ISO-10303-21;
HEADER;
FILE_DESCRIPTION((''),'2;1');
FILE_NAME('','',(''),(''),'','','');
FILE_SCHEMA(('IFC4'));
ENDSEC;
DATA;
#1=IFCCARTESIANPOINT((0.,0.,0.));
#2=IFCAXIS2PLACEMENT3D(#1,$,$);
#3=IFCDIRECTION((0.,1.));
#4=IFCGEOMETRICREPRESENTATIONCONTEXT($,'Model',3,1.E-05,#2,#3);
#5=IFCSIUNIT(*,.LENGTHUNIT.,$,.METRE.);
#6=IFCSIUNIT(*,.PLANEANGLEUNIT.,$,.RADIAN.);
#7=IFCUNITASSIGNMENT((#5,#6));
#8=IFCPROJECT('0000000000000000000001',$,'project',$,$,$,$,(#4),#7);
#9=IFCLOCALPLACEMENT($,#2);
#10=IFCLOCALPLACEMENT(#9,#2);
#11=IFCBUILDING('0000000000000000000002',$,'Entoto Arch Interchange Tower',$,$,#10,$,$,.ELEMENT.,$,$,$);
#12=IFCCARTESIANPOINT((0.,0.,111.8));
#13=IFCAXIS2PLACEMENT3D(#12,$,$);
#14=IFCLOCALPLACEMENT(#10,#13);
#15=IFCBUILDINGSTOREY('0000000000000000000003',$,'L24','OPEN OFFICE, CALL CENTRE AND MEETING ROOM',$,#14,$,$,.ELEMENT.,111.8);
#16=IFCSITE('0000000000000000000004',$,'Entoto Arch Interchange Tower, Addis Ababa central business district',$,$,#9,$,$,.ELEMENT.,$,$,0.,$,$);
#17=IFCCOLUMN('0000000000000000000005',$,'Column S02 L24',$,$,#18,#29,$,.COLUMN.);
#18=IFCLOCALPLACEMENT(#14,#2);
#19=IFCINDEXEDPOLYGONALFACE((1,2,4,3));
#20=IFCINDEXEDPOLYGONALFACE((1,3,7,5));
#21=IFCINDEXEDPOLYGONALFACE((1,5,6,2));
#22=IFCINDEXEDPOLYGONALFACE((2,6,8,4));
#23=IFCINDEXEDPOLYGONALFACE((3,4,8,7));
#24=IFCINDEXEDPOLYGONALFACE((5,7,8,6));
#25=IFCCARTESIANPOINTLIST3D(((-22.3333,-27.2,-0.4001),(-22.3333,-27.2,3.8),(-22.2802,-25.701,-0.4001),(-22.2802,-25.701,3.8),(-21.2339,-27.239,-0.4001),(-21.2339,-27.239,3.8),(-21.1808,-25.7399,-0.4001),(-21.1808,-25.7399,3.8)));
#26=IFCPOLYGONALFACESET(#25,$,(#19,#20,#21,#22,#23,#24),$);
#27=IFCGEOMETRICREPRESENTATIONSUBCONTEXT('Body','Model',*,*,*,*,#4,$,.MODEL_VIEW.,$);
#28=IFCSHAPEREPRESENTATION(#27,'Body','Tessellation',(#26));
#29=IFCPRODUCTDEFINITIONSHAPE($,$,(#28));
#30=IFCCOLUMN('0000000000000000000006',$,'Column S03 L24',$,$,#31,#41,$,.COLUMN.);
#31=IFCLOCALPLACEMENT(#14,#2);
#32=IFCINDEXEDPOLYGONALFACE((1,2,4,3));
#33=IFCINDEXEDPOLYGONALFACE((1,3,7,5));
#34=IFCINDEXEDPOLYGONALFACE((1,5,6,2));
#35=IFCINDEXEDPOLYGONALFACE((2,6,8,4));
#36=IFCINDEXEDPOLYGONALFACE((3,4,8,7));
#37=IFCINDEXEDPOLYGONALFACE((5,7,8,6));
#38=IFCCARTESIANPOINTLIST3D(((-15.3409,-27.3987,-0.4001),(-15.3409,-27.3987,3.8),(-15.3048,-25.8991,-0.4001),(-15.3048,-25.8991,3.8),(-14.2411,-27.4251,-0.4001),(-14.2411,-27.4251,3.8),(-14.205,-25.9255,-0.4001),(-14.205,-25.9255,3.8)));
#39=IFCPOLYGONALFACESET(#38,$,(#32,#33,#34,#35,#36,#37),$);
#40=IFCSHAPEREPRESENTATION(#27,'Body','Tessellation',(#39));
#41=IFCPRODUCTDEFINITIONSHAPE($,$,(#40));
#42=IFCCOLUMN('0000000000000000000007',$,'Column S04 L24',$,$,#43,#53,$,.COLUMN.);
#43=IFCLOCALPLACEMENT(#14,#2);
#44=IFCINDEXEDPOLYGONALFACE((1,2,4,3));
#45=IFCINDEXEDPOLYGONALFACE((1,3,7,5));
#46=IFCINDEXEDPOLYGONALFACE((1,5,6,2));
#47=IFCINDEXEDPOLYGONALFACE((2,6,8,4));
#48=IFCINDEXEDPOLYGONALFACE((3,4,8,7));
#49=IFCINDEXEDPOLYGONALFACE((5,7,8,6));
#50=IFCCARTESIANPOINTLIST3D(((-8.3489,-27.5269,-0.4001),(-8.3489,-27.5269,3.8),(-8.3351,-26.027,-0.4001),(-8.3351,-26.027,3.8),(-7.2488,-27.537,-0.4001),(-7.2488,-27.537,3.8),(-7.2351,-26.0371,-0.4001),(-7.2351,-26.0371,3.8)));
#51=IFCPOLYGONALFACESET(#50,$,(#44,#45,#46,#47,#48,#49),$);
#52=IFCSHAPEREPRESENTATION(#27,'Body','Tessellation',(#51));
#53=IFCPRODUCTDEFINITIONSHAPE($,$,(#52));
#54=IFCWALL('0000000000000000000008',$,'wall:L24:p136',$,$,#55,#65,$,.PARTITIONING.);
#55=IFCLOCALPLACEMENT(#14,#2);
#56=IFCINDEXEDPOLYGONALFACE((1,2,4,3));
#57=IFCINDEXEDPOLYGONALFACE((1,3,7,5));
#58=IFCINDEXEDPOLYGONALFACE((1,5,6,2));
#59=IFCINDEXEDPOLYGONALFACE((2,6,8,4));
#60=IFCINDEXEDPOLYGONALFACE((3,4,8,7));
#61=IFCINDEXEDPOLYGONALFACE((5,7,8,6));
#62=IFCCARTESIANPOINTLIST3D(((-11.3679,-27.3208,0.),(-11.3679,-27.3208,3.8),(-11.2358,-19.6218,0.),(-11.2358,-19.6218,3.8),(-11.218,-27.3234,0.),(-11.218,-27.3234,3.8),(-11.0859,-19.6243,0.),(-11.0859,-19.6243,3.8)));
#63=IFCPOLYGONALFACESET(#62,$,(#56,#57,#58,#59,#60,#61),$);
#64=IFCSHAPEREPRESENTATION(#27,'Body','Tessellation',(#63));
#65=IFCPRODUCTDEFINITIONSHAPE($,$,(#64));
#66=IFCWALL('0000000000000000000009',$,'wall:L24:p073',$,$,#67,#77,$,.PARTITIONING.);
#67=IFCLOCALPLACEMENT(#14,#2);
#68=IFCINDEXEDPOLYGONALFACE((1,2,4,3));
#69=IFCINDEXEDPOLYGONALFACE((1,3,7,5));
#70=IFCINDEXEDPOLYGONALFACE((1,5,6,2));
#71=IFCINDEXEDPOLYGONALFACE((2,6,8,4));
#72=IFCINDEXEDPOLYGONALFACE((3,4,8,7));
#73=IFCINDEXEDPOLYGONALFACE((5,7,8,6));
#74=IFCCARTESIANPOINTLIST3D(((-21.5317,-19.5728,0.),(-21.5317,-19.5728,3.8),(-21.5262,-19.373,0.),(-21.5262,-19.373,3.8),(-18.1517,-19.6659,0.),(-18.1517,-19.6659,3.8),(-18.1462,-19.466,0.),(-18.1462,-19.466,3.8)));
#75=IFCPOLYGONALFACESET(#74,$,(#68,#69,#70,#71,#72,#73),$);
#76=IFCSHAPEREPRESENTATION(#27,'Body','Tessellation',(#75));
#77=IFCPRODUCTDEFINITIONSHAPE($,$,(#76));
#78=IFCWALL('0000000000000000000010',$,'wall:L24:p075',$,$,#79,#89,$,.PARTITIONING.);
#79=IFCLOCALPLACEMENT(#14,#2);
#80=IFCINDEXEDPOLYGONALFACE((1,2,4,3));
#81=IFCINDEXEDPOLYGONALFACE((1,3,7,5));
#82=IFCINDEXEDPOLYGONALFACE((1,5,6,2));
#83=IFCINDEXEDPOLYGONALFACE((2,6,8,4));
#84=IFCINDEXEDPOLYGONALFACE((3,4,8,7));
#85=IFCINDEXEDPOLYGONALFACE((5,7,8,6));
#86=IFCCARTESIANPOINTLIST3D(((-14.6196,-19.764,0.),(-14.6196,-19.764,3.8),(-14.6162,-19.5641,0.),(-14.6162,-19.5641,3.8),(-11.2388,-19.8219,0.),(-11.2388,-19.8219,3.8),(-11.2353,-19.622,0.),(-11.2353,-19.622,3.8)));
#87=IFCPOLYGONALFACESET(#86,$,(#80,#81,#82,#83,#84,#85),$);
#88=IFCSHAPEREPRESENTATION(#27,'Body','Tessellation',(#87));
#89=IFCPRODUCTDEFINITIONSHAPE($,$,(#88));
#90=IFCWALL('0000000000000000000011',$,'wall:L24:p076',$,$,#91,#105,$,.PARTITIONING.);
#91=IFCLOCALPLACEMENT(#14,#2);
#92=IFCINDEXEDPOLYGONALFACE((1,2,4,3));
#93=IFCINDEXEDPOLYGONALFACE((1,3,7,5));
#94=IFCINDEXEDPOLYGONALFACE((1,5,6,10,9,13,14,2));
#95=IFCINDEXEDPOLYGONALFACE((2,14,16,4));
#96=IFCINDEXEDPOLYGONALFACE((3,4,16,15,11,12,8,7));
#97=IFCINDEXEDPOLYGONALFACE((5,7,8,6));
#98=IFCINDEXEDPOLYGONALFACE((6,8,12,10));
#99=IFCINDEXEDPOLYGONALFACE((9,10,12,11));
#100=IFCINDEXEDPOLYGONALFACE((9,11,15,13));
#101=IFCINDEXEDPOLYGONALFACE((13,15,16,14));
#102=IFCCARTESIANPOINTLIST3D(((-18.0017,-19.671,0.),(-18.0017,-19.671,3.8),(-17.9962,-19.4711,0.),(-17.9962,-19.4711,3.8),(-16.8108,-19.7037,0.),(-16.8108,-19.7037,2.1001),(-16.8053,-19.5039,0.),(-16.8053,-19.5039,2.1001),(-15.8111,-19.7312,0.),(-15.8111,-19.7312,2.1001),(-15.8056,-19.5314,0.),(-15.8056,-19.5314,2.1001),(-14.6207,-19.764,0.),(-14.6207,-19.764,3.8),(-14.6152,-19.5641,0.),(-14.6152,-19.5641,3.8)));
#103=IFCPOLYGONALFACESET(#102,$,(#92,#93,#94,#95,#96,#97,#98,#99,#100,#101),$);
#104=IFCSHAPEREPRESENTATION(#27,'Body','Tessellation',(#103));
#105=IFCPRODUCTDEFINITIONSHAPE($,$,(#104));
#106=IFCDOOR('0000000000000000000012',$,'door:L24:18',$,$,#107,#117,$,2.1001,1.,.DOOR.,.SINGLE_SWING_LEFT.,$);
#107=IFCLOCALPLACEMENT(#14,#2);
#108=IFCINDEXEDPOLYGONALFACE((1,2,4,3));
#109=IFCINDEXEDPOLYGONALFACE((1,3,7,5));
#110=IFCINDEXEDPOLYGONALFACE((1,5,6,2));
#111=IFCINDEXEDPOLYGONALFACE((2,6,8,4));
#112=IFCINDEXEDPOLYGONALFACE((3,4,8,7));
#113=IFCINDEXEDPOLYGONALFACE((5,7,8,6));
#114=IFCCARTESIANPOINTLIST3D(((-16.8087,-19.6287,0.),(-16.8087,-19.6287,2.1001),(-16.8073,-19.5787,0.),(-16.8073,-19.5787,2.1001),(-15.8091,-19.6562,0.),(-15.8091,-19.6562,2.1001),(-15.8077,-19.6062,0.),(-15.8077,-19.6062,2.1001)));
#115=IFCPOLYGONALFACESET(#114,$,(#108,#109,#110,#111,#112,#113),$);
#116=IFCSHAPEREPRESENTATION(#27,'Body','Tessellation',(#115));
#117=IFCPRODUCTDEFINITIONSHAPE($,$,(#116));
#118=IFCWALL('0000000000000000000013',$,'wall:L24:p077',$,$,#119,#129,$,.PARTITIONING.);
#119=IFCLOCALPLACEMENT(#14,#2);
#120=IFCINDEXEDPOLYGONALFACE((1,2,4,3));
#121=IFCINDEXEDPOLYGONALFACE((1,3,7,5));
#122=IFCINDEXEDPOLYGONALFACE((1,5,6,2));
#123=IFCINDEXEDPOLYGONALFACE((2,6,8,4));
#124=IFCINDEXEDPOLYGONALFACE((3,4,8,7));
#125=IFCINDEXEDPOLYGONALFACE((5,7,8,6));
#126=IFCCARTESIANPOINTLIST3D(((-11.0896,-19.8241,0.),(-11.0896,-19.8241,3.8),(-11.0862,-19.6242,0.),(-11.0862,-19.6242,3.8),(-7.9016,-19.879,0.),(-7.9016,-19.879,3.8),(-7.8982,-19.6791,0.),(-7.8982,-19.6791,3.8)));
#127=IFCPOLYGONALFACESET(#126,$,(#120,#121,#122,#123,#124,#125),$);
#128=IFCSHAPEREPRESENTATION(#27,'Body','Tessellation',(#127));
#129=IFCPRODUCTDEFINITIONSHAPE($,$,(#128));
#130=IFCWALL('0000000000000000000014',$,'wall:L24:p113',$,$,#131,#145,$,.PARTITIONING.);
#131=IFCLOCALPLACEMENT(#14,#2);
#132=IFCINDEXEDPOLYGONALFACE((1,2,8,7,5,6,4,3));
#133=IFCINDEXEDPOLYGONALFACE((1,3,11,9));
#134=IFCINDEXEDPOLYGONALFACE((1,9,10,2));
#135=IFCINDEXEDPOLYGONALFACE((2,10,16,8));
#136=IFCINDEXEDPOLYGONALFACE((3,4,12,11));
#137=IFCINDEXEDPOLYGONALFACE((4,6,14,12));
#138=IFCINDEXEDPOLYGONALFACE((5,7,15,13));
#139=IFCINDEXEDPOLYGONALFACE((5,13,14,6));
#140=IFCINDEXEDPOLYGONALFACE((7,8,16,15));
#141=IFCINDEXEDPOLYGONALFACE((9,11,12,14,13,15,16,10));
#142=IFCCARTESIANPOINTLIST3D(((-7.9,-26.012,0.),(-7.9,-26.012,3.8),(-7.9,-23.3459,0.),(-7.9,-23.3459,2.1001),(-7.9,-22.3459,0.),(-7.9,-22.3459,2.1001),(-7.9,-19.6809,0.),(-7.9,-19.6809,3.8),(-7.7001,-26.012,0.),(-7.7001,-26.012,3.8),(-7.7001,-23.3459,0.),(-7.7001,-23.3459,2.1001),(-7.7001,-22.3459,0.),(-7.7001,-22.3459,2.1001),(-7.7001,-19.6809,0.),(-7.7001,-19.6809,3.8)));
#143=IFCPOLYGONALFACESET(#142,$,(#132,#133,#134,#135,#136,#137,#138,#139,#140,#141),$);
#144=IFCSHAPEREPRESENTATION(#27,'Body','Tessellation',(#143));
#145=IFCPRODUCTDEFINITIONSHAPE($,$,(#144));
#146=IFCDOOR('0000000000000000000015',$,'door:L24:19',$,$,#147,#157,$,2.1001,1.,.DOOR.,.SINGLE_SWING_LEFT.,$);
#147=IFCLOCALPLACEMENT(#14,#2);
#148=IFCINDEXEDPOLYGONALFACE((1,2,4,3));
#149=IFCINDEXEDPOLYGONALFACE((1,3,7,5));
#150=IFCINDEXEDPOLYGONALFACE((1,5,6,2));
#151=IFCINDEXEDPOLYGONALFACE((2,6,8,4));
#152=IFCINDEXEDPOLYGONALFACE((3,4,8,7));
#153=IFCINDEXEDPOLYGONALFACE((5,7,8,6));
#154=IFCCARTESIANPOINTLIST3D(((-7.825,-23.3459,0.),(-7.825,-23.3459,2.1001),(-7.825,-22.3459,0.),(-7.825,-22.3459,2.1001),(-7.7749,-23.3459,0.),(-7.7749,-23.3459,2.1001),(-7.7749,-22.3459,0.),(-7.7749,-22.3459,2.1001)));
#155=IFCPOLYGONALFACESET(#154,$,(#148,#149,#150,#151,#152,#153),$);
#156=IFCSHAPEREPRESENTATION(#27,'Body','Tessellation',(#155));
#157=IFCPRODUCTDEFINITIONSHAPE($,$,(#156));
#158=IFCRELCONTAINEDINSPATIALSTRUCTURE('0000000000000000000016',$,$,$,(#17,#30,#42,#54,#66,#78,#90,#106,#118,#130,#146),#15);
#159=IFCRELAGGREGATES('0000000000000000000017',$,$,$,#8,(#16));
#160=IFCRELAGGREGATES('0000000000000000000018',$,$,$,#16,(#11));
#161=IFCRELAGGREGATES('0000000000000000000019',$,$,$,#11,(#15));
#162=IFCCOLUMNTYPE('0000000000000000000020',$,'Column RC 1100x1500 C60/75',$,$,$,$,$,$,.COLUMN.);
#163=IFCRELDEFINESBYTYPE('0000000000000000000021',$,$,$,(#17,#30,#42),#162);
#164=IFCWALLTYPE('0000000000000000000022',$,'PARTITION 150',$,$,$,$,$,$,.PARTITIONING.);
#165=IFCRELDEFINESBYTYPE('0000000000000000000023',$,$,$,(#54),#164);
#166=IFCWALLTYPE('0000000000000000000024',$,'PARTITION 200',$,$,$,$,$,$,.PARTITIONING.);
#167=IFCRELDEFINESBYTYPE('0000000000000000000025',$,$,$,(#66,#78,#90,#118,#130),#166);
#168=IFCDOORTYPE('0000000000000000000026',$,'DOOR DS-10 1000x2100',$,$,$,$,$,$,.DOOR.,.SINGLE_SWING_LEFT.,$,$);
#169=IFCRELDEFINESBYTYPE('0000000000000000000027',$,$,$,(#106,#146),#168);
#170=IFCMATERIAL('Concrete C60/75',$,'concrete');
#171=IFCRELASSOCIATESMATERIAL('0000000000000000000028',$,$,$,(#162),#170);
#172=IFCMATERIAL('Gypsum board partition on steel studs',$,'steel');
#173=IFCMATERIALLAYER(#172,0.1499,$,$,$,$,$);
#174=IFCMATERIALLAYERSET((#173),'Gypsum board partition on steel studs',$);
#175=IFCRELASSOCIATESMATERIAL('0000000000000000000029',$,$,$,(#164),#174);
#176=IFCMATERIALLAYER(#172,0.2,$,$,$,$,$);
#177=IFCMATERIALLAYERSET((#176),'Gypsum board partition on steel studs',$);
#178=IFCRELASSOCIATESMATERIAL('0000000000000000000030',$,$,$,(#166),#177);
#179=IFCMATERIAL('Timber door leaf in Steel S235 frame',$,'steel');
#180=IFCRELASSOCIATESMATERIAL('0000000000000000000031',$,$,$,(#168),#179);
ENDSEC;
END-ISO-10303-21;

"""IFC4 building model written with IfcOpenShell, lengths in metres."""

from ifc_helpers import new_model, si_unit, direction, frame, frame_2d, origin, origin_2d, place, context, subcontext, project, spatial, rectangle, extrude, material, layer, layer_set, material_profile, profile_set, type_object, element, fill, save


model = new_model("IFC4")

# Units and contexts
model_context = context("Model", 3, precision=1e-05, world=origin(), true_north=direction((0.0, 1.0)))
body_context = subcontext(model_context, "Body", "Model", "MODEL_VIEW")
ifc_project = project(units=[si_unit("LENGTHUNIT", "METRE"), si_unit("PLANEANGLEUNIT", "RADIAN")], contexts=[model_context])

# Site, building, storey
site_placement = place(None, origin())
site = spatial("IfcSite", under=ifc_project, at=site_placement, Name="Entoto Arch Interchange Tower, Addis Ababa central business district", CompositionType="ELEMENT", RefElevation=0.0)
building_placement = place(site_placement, origin())
building = spatial("IfcBuilding", under=site, at=building_placement, Name="Entoto Arch Interchange Tower", CompositionType="ELEMENT")
storey_placement = place(building_placement, frame((0.0, 0.0, 111.8)))
storey = spatial("IfcBuildingStorey", under=building, at=storey_placement, Name="L24", Description="OPEN OFFICE, CALL CENTRE AND MEETING ROOM", CompositionType="ELEMENT", Elevation=111.8)

# Columns
ifc_material_1 = material(Name="Concrete C60/75", Category="concrete")
ifc_material_profile = material_profile(ifc_material_1, rectangle(XDim=1.1001, YDim=1.5, at=origin_2d()))
ifc_profile_set = profile_set([ifc_material_profile], Name="Concrete C60/75")
column_type = type_object("IfcColumnType", Name="Column RC 1100x1500 C60/75", PredefinedType="COLUMN", material=ifc_profile_set)
for number, where, z_axis, x_axis, name in (
    (1, (-21.7571, -26.47, -0.4001), (0.0, 0.0, 1.0), (-0.999374, 0.035388, 0.0), "Column S02 L24"),
    (2, (-14.7729, -26.6621, -0.4001), (0.0, 0.0, 1.0), (-0.999711, 0.024031, 0.0), "Column S03 L24"),
    (3, (-7.792, -26.782, -0.4001), (0.0, 0.0, 1.0), (-0.999958, 0.009163, 0.0), "Column S04 L24"),
):
    element("IfcColumn", number, at=place(storey_placement, frame(where, z_axis=z_axis, x_axis=x_axis)), inside=storey, type_object=column_type, Name=name, PredefinedType="COLUMN", context=body_context, shape_type="SweptSolid", body=[
        extrude(rectangle(XDim=1.1001, YDim=1.5, at=origin_2d()), origin(), (0.0, 0.0, 1.0), 4.2002),
    ])

# Walls
ifc_material_2 = material(Name="Gypsum board partition on steel studs", Category="steel")
ifc_layer_1 = layer(ifc_material_2, 0.1499)
ifc_layer_set_1 = layer_set([ifc_layer_1], Name="Gypsum board partition on steel studs")
wall_type_1 = type_object("IfcWallType", Name="PARTITION 150", PredefinedType="PARTITIONING", material=ifc_layer_set_1)
wall_1_placement = place(storey_placement, frame((-11.1609, -19.623, 0.0), z_axis=(0.0, 0.0, 1.0), x_axis=(-0.017153, -0.999853, 0.0)))
element("IfcWall", 4, at=wall_1_placement, inside=storey, type_object=wall_type_1, Name="wall:L24:p136", PredefinedType="PARTITIONING", context=body_context, shape_type="SweptSolid", body=[
    extrude(rectangle(XDim=7.7002, YDim=0.1499, at=frame_2d((3.8501, 0.0))), origin(), (0.0, 0.0, 1.0), 3.8),
])
ifc_layer_2 = layer(ifc_material_2, 0.2)
ifc_layer_set_2 = layer_set([ifc_layer_2], Name="Gypsum board partition on steel studs")
wall_type_2 = type_object("IfcWallType", Name="PARTITION 200", PredefinedType="PARTITIONING", material=ifc_layer_set_2)
for number, where, z_axis, x_axis, name in (
    (5, (-18.1489, -19.5659, 0.0), (0.0, 0.0, 1.0), (-0.999622, 0.027509, 0.0), "wall:L24:p073"),
    (6, (-11.2371, -19.7219, 0.0), (0.0, 0.0, 1.0), (-0.999854, 0.017112, 0.0), "wall:L24:p075"),
):
    element("IfcWall", number, at=place(storey_placement, frame(where, z_axis=z_axis, x_axis=x_axis)), inside=storey, type_object=wall_type_2, Name=name, PredefinedType="PARTITIONING", context=body_context, shape_type="SweptSolid", body=[
        extrude(rectangle(XDim=3.3813, YDim=0.2, at=frame_2d((1.6907, 0.0))), origin(), (0.0, 0.0, 1.0), 3.8),
    ])

# Wall, opening, door
wall_2_placement = place(storey_placement, frame((-14.6179, -19.6641, 0.0), z_axis=(0.0, 0.0, 1.0), x_axis=(-0.999622, 0.027501, 0.0)))
wall_2 = element("IfcWall", 7, at=wall_2_placement, inside=storey, type_object=wall_type_2, Name="wall:L24:p076", PredefinedType="PARTITIONING", context=body_context, shape_type="SweptSolid", body=[
    extrude(rectangle(XDim=3.3823, YDim=0.2, at=frame_2d((1.6912, 0.0))), origin(), (0.0, 0.0, 1.0), 3.8),
])
opening_1_placement = place(wall_2_placement, frame((1.1909, 0.0, 0.0)))
opening_1 = element("IfcOpeningElement", 8, at=opening_1_placement, cuts=wall_2, PredefinedType="OPENING", context=body_context, shape_type="SweptSolid", body=[
    extrude(rectangle(XDim=1.0, YDim=2.1001, at=frame_2d((0.5, 1.05))), frame((0.0, 0.1099, 0.0), z_axis=(0.0, -1.0, 0.0), x_axis=(1.0, 0.0, 0.0)), (0.0, 0.0, 1.0), 0.22),
])
ifc_material_3 = material(Name="Timber door leaf in Steel S235 frame", Category="steel")
door_type = type_object("IfcDoorType", Name="DOOR DS-10 1000x2100", OperationType="SINGLE_SWING_LEFT", PredefinedType="DOOR", material=ifc_material_3)
door_1_placement = place(opening_1_placement, origin())
door_1 = element("IfcDoor", 9, at=door_1_placement, inside=storey, type_object=door_type, Name="door:L24:18", OperationType="SINGLE_SWING_LEFT", OverallHeight=2.1001, OverallWidth=1.0, PredefinedType="DOOR", context=body_context, shape_type="SweptSolid", body=[
    extrude(rectangle(XDim=1.0, YDim=2.1001, at=frame_2d((0.5, 1.05))), frame((0.0, 0.0249, 0.0), z_axis=(0.0, -1.0, 0.0), x_axis=(1.0, 0.0, 0.0)), (0.0, 0.0, 1.0), 0.05),
])
fill(opening_1, door_1)

# Wall
wall_3_placement = place(storey_placement, frame((-7.8999, -19.7791, 0.0), z_axis=(0.0, 0.0, 1.0), x_axis=(-0.999852, 0.017228, 0.0)))
element("IfcWall", 10, at=wall_3_placement, inside=storey, type_object=wall_type_2, Name="wall:L24:p077", PredefinedType="PARTITIONING", context=body_context, shape_type="SweptSolid", body=[
    extrude(rectangle(XDim=3.1885, YDim=0.2, at=frame_2d((1.5942, 0.0))), origin(), (0.0, 0.0, 1.0), 3.8),
])

# Wall, opening, door
wall_4_placement = place(storey_placement, frame((-7.8, -26.012, 0.0), z_axis=(0.0, 0.0, 1.0), x_axis=(0.0, 1.0, 0.0)))
wall_4 = element("IfcWall", 11, at=wall_4_placement, inside=storey, type_object=wall_type_2, Name="wall:L24:p113", PredefinedType="PARTITIONING", context=body_context, shape_type="SweptSolid", body=[
    extrude(rectangle(XDim=6.3311, YDim=0.2, at=frame_2d((3.1655, 0.0))), origin(), (0.0, 0.0, 1.0), 3.8),
])
opening_2_placement = place(wall_4_placement, frame((2.666, 0.0, 0.0)))
opening_2 = element("IfcOpeningElement", 12, at=opening_2_placement, cuts=wall_4, PredefinedType="OPENING", context=body_context, shape_type="SweptSolid", body=[
    extrude(rectangle(XDim=1.0, YDim=2.1001, at=frame_2d((0.5, 1.05))), frame((0.0, 0.1099, 0.0), z_axis=(0.0, -1.0, 0.0), x_axis=(1.0, 0.0, 0.0)), (0.0, 0.0, 1.0), 0.22),
])
door_2_placement = place(opening_2_placement, origin())
door_2 = element("IfcDoor", 13, at=door_2_placement, inside=storey, type_object=door_type, Name="door:L24:19", OperationType="SINGLE_SWING_LEFT", OverallHeight=2.1001, OverallWidth=1.0, PredefinedType="DOOR", context=body_context, shape_type="SweptSolid", body=[
    extrude(rectangle(XDim=1.0, YDim=2.1001, at=frame_2d((0.5, 1.05))), frame((0.0, 0.0249, 0.0), z_axis=(0.0, -1.0, 0.0), x_axis=(1.0, 0.0, 0.0)), (0.0, 0.0, 1.0), 0.05),
])
fill(opening_2, door_2)

save(model, "model.ifc")
